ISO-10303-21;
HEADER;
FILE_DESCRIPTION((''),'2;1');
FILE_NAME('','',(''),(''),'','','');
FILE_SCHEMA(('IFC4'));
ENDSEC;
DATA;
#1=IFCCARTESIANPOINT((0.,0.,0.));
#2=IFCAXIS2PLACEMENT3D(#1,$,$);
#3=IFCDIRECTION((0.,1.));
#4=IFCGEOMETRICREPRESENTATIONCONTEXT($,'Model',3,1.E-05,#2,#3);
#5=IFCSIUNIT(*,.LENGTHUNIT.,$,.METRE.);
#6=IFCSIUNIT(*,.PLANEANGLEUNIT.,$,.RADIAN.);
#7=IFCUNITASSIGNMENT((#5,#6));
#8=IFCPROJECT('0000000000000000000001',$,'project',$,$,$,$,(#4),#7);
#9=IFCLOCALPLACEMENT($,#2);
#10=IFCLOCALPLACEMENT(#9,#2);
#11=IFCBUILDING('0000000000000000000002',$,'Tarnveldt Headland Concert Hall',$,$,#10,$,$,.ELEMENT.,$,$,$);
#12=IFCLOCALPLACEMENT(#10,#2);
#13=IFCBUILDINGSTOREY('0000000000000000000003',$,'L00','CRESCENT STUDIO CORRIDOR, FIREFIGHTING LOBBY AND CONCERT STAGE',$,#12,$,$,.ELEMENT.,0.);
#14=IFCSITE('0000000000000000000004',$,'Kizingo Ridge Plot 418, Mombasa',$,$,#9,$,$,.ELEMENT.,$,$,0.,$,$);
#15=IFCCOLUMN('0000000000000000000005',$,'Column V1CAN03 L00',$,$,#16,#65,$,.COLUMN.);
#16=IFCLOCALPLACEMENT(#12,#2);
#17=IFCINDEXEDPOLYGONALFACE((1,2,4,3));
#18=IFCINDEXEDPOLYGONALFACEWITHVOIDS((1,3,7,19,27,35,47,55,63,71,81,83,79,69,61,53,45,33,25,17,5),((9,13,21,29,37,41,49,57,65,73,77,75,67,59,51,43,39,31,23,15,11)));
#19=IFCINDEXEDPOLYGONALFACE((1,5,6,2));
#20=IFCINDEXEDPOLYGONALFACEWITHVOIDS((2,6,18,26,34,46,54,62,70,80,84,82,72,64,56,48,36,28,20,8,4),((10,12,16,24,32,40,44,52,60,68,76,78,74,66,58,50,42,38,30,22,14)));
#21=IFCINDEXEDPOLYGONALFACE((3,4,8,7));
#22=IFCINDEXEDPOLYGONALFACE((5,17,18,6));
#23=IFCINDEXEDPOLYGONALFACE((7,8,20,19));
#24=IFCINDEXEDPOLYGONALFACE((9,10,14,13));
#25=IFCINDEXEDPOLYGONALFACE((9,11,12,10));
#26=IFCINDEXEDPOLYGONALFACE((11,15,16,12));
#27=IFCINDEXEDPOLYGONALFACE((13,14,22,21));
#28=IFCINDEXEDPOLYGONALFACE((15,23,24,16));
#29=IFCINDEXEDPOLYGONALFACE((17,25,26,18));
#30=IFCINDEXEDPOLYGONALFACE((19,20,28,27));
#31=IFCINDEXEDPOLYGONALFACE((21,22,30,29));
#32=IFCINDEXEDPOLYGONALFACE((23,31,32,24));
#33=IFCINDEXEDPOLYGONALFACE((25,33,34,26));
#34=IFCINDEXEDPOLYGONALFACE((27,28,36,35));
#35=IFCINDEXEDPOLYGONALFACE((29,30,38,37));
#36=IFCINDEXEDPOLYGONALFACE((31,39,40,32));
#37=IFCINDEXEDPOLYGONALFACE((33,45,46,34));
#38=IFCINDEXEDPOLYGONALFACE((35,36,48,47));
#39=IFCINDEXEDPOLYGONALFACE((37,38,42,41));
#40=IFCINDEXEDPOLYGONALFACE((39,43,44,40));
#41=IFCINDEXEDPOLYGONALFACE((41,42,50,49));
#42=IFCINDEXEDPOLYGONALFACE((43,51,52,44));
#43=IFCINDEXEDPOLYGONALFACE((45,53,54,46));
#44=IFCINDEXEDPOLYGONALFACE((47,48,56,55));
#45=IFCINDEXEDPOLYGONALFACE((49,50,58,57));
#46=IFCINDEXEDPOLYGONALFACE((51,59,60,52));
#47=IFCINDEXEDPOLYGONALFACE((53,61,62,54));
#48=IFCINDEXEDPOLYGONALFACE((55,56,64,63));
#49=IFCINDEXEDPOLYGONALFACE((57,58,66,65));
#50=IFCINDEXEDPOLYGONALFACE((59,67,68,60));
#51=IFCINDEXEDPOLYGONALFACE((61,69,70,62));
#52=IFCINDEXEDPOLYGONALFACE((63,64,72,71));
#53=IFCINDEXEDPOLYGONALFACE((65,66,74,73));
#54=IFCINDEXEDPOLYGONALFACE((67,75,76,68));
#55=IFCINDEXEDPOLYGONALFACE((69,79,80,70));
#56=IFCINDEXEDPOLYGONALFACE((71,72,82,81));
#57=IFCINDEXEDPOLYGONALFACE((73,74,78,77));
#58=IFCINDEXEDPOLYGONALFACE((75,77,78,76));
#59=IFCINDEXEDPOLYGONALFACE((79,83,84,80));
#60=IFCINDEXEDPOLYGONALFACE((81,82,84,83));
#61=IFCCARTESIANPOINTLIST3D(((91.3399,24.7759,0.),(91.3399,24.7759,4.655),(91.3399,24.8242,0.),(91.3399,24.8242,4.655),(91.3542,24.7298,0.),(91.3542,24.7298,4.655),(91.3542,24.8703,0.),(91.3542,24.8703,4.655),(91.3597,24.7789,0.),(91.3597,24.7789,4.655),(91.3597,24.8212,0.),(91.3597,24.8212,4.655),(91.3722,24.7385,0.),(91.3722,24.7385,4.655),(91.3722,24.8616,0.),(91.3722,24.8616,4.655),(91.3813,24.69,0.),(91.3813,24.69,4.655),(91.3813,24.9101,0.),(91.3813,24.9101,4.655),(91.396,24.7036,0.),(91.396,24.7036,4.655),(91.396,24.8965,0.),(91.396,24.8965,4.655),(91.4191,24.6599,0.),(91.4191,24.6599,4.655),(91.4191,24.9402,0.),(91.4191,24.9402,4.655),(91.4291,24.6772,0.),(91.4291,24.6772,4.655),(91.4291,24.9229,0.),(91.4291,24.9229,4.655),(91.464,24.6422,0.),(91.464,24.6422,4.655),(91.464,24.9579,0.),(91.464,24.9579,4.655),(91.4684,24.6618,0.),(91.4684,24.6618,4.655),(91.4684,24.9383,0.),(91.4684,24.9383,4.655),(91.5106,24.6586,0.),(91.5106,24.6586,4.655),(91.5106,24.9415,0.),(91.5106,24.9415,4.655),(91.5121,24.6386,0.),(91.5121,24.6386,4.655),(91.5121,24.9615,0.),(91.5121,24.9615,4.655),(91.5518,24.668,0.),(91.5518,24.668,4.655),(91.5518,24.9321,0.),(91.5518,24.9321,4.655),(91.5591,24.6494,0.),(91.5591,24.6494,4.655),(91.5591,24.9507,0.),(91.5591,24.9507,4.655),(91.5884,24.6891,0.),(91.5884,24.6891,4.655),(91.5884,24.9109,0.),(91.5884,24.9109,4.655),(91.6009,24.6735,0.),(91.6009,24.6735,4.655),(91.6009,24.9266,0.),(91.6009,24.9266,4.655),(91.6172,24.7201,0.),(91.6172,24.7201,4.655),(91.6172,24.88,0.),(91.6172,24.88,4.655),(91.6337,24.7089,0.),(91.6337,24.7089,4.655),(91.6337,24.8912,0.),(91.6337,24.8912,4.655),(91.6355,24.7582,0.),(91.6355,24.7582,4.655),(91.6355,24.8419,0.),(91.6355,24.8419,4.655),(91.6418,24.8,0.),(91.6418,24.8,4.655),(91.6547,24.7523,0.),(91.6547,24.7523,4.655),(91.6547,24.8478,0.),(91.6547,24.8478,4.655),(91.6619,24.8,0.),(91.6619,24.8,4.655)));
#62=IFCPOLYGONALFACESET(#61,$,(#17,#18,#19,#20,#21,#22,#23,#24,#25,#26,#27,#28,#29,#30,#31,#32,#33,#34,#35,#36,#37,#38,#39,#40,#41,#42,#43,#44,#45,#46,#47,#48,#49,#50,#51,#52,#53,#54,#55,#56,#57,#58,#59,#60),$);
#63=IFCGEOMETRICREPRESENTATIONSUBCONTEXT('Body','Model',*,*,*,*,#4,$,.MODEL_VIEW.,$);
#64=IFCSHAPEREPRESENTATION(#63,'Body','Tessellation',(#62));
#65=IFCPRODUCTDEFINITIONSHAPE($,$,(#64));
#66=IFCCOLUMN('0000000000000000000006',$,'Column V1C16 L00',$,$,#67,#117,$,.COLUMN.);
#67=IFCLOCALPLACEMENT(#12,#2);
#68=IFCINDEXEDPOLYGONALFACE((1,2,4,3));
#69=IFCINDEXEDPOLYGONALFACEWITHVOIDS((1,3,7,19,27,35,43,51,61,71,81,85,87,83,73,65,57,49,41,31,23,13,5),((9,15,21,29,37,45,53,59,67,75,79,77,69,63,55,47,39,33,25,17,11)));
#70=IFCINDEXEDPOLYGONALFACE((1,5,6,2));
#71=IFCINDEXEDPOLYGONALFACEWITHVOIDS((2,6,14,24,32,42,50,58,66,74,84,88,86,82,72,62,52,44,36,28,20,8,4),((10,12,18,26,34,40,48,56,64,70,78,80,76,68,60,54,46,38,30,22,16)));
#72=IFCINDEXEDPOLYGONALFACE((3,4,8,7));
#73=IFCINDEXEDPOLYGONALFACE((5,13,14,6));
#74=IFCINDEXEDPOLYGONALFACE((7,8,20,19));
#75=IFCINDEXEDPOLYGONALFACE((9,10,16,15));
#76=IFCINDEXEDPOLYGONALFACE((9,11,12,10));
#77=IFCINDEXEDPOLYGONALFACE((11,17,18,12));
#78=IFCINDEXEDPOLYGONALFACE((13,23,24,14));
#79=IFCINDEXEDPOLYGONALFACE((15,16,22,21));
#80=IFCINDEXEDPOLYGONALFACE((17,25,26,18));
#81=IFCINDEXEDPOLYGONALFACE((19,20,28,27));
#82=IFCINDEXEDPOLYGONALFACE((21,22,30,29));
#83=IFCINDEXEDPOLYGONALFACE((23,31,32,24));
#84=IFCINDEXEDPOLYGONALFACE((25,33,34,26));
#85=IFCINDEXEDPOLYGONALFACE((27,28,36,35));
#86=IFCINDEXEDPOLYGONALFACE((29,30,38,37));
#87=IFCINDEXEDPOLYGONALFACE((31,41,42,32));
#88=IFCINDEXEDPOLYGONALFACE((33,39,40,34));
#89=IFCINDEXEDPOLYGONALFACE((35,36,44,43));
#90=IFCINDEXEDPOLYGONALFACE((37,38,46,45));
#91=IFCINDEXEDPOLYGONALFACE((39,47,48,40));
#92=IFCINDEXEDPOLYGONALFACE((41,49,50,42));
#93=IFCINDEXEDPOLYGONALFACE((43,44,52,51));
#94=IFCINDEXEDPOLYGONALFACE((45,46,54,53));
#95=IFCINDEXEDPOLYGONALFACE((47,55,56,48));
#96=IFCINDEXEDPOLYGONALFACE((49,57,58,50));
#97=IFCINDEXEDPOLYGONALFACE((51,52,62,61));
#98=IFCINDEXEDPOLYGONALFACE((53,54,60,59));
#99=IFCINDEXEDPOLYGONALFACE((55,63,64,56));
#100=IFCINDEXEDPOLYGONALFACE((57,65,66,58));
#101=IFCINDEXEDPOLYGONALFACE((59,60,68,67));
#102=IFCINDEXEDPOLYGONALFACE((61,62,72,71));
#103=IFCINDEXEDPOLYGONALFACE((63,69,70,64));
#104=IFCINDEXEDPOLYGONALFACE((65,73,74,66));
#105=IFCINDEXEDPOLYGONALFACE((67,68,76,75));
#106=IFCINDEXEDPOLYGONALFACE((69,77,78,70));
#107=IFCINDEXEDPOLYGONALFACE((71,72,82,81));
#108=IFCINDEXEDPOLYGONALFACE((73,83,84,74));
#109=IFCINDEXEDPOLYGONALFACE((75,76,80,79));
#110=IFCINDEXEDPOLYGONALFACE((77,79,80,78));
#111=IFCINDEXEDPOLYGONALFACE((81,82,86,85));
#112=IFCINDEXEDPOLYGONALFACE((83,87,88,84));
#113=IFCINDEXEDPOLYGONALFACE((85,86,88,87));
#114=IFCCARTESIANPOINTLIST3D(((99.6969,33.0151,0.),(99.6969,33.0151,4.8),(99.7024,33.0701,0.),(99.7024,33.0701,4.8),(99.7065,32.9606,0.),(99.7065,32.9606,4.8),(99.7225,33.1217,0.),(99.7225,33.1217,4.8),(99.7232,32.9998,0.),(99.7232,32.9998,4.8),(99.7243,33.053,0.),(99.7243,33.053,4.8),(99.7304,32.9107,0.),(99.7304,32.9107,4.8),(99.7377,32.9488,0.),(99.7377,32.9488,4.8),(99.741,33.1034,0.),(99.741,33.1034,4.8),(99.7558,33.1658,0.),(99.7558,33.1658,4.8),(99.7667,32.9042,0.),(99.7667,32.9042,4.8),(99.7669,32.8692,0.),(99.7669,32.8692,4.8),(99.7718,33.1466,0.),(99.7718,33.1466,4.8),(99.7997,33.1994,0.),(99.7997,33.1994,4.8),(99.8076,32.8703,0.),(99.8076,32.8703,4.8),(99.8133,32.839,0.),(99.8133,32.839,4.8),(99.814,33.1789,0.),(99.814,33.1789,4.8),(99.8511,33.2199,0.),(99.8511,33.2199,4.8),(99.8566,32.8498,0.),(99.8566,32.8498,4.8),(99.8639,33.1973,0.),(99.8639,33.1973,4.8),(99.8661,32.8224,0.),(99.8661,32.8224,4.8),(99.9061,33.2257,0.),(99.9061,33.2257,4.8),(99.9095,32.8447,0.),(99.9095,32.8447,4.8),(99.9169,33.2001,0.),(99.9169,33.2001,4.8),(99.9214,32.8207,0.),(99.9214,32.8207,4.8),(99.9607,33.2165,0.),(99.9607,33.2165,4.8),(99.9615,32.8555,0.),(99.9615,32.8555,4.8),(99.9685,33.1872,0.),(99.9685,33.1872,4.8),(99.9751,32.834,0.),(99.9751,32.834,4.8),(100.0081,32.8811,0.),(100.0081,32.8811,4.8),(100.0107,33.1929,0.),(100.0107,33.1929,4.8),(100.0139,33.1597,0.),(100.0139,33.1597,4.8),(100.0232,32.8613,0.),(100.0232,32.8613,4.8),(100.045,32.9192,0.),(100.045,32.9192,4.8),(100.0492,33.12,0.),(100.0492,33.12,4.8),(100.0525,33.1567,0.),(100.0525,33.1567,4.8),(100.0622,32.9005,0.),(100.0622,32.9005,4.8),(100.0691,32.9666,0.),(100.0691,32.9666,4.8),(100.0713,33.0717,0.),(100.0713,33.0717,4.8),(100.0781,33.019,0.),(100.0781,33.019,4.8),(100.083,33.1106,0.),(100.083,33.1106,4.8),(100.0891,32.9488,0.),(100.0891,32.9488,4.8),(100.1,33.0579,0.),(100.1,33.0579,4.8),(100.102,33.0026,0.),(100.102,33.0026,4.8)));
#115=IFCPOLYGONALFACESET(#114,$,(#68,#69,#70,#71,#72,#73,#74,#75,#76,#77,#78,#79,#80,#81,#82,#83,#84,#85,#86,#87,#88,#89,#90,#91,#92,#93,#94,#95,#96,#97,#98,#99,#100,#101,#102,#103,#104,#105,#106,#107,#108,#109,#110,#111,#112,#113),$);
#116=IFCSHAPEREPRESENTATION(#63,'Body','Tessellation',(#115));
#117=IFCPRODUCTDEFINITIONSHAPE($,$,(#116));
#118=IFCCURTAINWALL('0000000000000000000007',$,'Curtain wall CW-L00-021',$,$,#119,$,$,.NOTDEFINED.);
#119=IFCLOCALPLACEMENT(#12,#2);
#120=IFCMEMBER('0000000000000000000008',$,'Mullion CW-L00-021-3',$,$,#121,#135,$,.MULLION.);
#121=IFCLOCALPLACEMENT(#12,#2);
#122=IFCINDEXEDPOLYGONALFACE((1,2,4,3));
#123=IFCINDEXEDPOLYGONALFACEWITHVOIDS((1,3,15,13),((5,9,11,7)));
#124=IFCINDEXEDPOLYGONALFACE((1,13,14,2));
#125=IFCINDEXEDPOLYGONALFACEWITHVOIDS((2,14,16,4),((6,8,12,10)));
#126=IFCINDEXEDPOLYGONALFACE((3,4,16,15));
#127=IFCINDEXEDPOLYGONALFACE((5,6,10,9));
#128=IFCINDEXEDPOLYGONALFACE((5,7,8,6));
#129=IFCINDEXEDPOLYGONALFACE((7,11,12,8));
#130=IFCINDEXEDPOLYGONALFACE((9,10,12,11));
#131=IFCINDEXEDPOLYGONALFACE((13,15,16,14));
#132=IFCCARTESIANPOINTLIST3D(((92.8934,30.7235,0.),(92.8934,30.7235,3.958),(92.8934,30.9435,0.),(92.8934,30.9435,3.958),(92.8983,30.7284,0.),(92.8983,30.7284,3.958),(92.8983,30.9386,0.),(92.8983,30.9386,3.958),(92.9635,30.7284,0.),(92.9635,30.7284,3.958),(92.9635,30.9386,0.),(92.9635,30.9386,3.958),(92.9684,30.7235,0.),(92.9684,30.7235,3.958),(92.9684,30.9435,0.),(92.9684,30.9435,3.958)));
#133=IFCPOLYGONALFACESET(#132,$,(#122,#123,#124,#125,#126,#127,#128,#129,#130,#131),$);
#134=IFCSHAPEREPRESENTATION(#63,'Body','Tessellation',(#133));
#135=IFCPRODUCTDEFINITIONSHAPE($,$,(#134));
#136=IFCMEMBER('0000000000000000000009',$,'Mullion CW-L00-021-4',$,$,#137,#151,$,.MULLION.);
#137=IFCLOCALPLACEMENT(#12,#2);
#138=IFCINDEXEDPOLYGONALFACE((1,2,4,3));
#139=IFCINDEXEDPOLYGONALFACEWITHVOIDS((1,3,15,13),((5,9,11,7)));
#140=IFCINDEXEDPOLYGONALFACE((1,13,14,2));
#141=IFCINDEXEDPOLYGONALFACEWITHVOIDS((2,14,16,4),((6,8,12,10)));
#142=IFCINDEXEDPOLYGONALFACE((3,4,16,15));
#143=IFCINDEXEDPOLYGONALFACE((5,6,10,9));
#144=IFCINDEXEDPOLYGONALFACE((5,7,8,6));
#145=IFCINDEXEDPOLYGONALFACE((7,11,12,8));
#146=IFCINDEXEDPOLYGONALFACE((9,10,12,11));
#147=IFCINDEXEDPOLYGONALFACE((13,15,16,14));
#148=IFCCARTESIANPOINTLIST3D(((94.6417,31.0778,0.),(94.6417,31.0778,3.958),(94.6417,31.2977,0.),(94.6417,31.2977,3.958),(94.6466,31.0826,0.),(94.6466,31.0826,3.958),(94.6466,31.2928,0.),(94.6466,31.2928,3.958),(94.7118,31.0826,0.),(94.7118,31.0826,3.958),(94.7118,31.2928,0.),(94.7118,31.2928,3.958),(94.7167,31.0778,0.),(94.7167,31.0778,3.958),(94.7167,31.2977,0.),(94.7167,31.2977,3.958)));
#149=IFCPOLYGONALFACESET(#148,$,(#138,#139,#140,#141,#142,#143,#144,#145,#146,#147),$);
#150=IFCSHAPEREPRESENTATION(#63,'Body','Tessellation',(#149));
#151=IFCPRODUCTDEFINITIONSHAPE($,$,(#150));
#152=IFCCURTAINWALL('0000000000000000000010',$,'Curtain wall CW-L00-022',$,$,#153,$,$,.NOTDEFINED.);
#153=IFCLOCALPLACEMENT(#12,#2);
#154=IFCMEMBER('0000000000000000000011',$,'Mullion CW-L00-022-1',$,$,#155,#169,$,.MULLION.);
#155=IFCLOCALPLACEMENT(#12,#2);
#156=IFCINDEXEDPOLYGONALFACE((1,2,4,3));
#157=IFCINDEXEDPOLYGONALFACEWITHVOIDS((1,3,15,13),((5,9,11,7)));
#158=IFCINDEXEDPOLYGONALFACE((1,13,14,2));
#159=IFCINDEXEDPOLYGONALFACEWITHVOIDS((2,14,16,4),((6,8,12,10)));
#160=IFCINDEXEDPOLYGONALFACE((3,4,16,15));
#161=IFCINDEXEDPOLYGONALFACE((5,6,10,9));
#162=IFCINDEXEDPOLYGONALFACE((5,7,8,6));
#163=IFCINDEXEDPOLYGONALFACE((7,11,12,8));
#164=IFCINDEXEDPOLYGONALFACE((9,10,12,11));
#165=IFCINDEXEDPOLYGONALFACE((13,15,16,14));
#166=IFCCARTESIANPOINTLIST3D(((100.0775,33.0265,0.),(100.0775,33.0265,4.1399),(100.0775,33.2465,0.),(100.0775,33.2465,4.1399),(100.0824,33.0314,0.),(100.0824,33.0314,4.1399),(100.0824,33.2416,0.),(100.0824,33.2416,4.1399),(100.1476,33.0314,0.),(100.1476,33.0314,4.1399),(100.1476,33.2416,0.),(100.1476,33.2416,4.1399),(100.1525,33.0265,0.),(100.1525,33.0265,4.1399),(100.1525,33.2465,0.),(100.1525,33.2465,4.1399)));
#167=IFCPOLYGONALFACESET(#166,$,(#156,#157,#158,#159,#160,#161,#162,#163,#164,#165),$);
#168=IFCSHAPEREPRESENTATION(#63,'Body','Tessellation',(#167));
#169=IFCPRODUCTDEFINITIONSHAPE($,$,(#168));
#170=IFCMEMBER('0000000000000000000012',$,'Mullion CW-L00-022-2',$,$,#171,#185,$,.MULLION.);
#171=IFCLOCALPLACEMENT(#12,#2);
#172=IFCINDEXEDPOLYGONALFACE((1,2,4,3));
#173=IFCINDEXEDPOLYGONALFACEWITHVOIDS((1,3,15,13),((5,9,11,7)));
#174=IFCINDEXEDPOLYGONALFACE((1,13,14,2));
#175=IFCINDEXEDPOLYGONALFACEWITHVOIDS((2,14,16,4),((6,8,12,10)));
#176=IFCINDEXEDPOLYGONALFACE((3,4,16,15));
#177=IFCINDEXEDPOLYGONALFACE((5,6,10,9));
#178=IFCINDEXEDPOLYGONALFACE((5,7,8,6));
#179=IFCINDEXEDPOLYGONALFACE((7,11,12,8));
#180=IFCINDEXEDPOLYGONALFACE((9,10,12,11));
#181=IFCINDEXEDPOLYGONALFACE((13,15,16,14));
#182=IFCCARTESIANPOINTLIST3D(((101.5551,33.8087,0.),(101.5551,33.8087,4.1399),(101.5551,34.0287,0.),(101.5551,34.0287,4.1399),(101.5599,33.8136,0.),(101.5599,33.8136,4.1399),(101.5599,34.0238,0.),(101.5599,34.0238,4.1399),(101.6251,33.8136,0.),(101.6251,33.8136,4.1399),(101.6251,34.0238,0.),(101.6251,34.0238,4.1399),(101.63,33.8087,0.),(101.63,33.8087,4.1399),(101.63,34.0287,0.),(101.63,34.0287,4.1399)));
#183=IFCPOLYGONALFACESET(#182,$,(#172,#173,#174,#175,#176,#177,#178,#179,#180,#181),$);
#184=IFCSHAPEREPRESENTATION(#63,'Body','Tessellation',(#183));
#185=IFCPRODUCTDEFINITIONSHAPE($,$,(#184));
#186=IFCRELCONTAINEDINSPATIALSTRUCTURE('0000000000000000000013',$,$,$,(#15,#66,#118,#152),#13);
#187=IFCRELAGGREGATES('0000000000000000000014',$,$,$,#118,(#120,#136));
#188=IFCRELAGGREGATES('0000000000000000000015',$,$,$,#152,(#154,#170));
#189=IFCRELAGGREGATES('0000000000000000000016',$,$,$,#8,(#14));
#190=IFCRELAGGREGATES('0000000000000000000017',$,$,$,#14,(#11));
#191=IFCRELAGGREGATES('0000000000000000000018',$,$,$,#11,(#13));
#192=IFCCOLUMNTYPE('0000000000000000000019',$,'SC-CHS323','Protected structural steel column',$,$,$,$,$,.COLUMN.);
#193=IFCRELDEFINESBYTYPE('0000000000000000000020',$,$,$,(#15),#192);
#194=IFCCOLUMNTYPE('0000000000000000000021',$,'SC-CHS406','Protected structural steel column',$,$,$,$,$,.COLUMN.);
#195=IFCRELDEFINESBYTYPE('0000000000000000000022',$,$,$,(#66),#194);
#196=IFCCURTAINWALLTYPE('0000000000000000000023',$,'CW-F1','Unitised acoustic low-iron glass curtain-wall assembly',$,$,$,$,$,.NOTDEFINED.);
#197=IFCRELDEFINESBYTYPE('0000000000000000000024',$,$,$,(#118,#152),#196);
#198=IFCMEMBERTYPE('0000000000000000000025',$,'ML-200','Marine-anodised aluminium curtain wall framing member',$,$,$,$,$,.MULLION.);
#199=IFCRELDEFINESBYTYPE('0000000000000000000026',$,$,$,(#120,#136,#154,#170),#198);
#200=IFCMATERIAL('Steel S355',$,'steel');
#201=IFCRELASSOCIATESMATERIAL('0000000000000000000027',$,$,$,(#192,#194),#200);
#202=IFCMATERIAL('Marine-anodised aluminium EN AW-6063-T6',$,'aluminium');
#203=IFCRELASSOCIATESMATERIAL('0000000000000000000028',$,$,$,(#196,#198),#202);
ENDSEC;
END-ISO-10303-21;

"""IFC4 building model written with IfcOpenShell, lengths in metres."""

from ifc_helpers import new_model, si_unit, direction, frame, origin, origin_2d, place, context, subcontext, project, spatial, hollow_rectangle, hollow_circle, extrude, material, material_profile, profile_set, type_object, element, aggregate, save


model = new_model("IFC4")

# Units and contexts
model_context = context("Model", 3, precision=1e-05, world=origin(), true_north=direction((0.0, 1.0)))
body_context = subcontext(model_context, "Body", "Model", "MODEL_VIEW")
ifc_project = project(units=[si_unit("LENGTHUNIT", "METRE"), si_unit("PLANEANGLEUNIT", "RADIAN")], contexts=[model_context])

# Site, building, storey
site_placement = place(None, origin())
site = spatial("IfcSite", under=ifc_project, at=site_placement, Name="Kizingo Ridge Plot 418, Mombasa", CompositionType="ELEMENT", RefElevation=0.0)
building_placement = place(site_placement, origin())
building = spatial("IfcBuilding", under=site, at=building_placement, Name="Tarnveldt Headland Concert Hall", CompositionType="ELEMENT")
storey_placement = place(building_placement, origin())
storey = spatial("IfcBuildingStorey", under=building, at=storey_placement, Name="L00", Description="CRESCENT STUDIO CORRIDOR, FIREFIGHTING LOBBY AND CONCERT STAGE", CompositionType="ELEMENT", Elevation=0.0)

# Columns
ifc_material_1 = material(Name="Steel S355", Category="steel")
ifc_material_profile_1 = material_profile(ifc_material_1, hollow_circle(Radius=0.1619, WallThickness=0.02, at=origin_2d()), Name="CHS 323.9x20", Category="steel")
ifc_profile_set_1 = profile_set([ifc_material_profile_1], Name="Steel S355")
column_type_1 = type_object("IfcColumnType", Name="SC-CHS323", Description="Protected structural steel column", PredefinedType="COLUMN", material=ifc_profile_set_1)
column_1_placement = place(storey_placement, frame((91.5, 24.8, 0.0), z_axis=(0.0, 0.0, 1.0), x_axis=(1.0, 0.0, 0.0)))
element("IfcColumn", 1, at=column_1_placement, inside=storey, type_object=column_type_1, Name="Column V1CAN03 L00", PredefinedType="COLUMN", context=body_context, shape_type="SweptSolid", body=[
    extrude(hollow_circle(Radius=0.1619, WallThickness=0.02, at=origin_2d()), origin(), (0.0, 0.0, 1.0), 4.655),
])
ifc_material_profile_2 = material_profile(ifc_material_1, hollow_circle(Radius=0.2031, WallThickness=0.0249, at=origin_2d()), Name="CHS 406.4x25", Category="steel")
ifc_profile_set_2 = profile_set([ifc_material_profile_2], Name="Steel S355")
column_type_2 = type_object("IfcColumnType", Name="SC-CHS406", Description="Protected structural steel column", PredefinedType="COLUMN", material=ifc_profile_set_2)
column_2_placement = place(storey_placement, frame((99.8999, 33.0227, 0.0), z_axis=(0.0, 0.0, 1.0), x_axis=(0.60696, -0.794733, 0.0)))
element("IfcColumn", 2, at=column_2_placement, inside=storey, type_object=column_type_2, Name="Column V1C16 L00", PredefinedType="COLUMN", context=body_context, shape_type="SweptSolid", body=[
    extrude(hollow_circle(Radius=0.2031, WallThickness=0.0249, at=origin_2d()), origin(), (0.0, 0.0, 1.0), 4.8),
])

# Curtain walls, members
ifc_material_2 = material(Name="Marine-anodised aluminium EN AW-6063-T6", Category="aluminium")
curtain_wall_type = type_object("IfcCurtainWallType", Name="CW-F1", Description="Unitised acoustic low-iron glass curtain-wall assembly", PredefinedType="NOTDEFINED", material=ifc_material_2)
curtain_wall_1_placement = place(storey_placement, origin())
curtain_wall_1 = element("IfcCurtainWall", 3, at=curtain_wall_1_placement, inside=storey, type_object=curtain_wall_type, Name="Curtain wall CW-L00-021", PredefinedType="NOTDEFINED")
ifc_material_profile_3 = material_profile(ifc_material_2, hollow_rectangle(XDim=0.075, YDim=0.22, WallThickness=0.0049, at=origin_2d()), Name="ALU MULLION 75x220x5", Category="aluminium")
ifc_profile_set_3 = profile_set([ifc_material_profile_3], Name="Marine-anodised aluminium EN AW-6063-T6")
member_type_1 = type_object("IfcMemberType", Name="ML-200", Description="Marine-anodised aluminium curtain wall framing member", PredefinedType="MULLION", material=ifc_profile_set_3)
member_1_placement = place(storey_placement, frame((92.9309, 30.8335, 0.0), z_axis=(0.0, 0.0, 1.0), x_axis=(1.0, 0.0, 0.0)))
member_1 = element("IfcMember", 4, at=member_1_placement, type_object=member_type_1, Name="Mullion CW-L00-021-3", PredefinedType="MULLION", context=body_context, shape_type="SweptSolid", body=[
    extrude(hollow_rectangle(XDim=0.075, YDim=0.22, WallThickness=0.0049, at=origin_2d()), origin(), (0.0, 0.0, 1.0), 3.958),
])
member_2_placement = place(storey_placement, frame((94.6792, 31.1877, 0.0), z_axis=(0.0, 0.0, 1.0), x_axis=(1.0, 0.0, 0.0)))
member_2 = element("IfcMember", 5, at=member_2_placement, type_object=member_type_1, Name="Mullion CW-L00-021-4", PredefinedType="MULLION", context=body_context, shape_type="SweptSolid", body=[
    extrude(hollow_rectangle(XDim=0.075, YDim=0.22, WallThickness=0.0049, at=origin_2d()), origin(), (0.0, 0.0, 1.0), 3.958),
])
curtain_wall_2_placement = place(storey_placement, origin())
curtain_wall_2 = element("IfcCurtainWall", 6, at=curtain_wall_2_placement, inside=storey, type_object=curtain_wall_type, Name="Curtain wall CW-L00-022", PredefinedType="NOTDEFINED")
member_3_placement = place(storey_placement, frame((100.115, 33.1365, 0.0), z_axis=(0.0, 0.0, 1.0), x_axis=(1.0, 0.0, 0.0)))
member_3 = element("IfcMember", 7, at=member_3_placement, type_object=member_type_1, Name="Mullion CW-L00-022-1", PredefinedType="MULLION", context=body_context, shape_type="SweptSolid", body=[
    extrude(hollow_rectangle(XDim=0.075, YDim=0.22, WallThickness=0.0049, at=origin_2d()), origin(), (0.0, 0.0, 1.0), 4.1399),
])
member_4_placement = place(storey_placement, frame((101.5925, 33.9187, 0.0), z_axis=(0.0, 0.0, 1.0), x_axis=(1.0, 0.0, 0.0)))
member_4 = element("IfcMember", 8, at=member_4_placement, type_object=member_type_1, Name="Mullion CW-L00-022-2", PredefinedType="MULLION", context=body_context, shape_type="SweptSolid", body=[
    extrude(hollow_rectangle(XDim=0.075, YDim=0.22, WallThickness=0.0049, at=origin_2d()), origin(), (0.0, 0.0, 1.0), 4.1399),
])

aggregate(curtain_wall_1, [member_1, member_2])
aggregate(curtain_wall_2, [member_3, member_4])

save(model, "model.ifc")
